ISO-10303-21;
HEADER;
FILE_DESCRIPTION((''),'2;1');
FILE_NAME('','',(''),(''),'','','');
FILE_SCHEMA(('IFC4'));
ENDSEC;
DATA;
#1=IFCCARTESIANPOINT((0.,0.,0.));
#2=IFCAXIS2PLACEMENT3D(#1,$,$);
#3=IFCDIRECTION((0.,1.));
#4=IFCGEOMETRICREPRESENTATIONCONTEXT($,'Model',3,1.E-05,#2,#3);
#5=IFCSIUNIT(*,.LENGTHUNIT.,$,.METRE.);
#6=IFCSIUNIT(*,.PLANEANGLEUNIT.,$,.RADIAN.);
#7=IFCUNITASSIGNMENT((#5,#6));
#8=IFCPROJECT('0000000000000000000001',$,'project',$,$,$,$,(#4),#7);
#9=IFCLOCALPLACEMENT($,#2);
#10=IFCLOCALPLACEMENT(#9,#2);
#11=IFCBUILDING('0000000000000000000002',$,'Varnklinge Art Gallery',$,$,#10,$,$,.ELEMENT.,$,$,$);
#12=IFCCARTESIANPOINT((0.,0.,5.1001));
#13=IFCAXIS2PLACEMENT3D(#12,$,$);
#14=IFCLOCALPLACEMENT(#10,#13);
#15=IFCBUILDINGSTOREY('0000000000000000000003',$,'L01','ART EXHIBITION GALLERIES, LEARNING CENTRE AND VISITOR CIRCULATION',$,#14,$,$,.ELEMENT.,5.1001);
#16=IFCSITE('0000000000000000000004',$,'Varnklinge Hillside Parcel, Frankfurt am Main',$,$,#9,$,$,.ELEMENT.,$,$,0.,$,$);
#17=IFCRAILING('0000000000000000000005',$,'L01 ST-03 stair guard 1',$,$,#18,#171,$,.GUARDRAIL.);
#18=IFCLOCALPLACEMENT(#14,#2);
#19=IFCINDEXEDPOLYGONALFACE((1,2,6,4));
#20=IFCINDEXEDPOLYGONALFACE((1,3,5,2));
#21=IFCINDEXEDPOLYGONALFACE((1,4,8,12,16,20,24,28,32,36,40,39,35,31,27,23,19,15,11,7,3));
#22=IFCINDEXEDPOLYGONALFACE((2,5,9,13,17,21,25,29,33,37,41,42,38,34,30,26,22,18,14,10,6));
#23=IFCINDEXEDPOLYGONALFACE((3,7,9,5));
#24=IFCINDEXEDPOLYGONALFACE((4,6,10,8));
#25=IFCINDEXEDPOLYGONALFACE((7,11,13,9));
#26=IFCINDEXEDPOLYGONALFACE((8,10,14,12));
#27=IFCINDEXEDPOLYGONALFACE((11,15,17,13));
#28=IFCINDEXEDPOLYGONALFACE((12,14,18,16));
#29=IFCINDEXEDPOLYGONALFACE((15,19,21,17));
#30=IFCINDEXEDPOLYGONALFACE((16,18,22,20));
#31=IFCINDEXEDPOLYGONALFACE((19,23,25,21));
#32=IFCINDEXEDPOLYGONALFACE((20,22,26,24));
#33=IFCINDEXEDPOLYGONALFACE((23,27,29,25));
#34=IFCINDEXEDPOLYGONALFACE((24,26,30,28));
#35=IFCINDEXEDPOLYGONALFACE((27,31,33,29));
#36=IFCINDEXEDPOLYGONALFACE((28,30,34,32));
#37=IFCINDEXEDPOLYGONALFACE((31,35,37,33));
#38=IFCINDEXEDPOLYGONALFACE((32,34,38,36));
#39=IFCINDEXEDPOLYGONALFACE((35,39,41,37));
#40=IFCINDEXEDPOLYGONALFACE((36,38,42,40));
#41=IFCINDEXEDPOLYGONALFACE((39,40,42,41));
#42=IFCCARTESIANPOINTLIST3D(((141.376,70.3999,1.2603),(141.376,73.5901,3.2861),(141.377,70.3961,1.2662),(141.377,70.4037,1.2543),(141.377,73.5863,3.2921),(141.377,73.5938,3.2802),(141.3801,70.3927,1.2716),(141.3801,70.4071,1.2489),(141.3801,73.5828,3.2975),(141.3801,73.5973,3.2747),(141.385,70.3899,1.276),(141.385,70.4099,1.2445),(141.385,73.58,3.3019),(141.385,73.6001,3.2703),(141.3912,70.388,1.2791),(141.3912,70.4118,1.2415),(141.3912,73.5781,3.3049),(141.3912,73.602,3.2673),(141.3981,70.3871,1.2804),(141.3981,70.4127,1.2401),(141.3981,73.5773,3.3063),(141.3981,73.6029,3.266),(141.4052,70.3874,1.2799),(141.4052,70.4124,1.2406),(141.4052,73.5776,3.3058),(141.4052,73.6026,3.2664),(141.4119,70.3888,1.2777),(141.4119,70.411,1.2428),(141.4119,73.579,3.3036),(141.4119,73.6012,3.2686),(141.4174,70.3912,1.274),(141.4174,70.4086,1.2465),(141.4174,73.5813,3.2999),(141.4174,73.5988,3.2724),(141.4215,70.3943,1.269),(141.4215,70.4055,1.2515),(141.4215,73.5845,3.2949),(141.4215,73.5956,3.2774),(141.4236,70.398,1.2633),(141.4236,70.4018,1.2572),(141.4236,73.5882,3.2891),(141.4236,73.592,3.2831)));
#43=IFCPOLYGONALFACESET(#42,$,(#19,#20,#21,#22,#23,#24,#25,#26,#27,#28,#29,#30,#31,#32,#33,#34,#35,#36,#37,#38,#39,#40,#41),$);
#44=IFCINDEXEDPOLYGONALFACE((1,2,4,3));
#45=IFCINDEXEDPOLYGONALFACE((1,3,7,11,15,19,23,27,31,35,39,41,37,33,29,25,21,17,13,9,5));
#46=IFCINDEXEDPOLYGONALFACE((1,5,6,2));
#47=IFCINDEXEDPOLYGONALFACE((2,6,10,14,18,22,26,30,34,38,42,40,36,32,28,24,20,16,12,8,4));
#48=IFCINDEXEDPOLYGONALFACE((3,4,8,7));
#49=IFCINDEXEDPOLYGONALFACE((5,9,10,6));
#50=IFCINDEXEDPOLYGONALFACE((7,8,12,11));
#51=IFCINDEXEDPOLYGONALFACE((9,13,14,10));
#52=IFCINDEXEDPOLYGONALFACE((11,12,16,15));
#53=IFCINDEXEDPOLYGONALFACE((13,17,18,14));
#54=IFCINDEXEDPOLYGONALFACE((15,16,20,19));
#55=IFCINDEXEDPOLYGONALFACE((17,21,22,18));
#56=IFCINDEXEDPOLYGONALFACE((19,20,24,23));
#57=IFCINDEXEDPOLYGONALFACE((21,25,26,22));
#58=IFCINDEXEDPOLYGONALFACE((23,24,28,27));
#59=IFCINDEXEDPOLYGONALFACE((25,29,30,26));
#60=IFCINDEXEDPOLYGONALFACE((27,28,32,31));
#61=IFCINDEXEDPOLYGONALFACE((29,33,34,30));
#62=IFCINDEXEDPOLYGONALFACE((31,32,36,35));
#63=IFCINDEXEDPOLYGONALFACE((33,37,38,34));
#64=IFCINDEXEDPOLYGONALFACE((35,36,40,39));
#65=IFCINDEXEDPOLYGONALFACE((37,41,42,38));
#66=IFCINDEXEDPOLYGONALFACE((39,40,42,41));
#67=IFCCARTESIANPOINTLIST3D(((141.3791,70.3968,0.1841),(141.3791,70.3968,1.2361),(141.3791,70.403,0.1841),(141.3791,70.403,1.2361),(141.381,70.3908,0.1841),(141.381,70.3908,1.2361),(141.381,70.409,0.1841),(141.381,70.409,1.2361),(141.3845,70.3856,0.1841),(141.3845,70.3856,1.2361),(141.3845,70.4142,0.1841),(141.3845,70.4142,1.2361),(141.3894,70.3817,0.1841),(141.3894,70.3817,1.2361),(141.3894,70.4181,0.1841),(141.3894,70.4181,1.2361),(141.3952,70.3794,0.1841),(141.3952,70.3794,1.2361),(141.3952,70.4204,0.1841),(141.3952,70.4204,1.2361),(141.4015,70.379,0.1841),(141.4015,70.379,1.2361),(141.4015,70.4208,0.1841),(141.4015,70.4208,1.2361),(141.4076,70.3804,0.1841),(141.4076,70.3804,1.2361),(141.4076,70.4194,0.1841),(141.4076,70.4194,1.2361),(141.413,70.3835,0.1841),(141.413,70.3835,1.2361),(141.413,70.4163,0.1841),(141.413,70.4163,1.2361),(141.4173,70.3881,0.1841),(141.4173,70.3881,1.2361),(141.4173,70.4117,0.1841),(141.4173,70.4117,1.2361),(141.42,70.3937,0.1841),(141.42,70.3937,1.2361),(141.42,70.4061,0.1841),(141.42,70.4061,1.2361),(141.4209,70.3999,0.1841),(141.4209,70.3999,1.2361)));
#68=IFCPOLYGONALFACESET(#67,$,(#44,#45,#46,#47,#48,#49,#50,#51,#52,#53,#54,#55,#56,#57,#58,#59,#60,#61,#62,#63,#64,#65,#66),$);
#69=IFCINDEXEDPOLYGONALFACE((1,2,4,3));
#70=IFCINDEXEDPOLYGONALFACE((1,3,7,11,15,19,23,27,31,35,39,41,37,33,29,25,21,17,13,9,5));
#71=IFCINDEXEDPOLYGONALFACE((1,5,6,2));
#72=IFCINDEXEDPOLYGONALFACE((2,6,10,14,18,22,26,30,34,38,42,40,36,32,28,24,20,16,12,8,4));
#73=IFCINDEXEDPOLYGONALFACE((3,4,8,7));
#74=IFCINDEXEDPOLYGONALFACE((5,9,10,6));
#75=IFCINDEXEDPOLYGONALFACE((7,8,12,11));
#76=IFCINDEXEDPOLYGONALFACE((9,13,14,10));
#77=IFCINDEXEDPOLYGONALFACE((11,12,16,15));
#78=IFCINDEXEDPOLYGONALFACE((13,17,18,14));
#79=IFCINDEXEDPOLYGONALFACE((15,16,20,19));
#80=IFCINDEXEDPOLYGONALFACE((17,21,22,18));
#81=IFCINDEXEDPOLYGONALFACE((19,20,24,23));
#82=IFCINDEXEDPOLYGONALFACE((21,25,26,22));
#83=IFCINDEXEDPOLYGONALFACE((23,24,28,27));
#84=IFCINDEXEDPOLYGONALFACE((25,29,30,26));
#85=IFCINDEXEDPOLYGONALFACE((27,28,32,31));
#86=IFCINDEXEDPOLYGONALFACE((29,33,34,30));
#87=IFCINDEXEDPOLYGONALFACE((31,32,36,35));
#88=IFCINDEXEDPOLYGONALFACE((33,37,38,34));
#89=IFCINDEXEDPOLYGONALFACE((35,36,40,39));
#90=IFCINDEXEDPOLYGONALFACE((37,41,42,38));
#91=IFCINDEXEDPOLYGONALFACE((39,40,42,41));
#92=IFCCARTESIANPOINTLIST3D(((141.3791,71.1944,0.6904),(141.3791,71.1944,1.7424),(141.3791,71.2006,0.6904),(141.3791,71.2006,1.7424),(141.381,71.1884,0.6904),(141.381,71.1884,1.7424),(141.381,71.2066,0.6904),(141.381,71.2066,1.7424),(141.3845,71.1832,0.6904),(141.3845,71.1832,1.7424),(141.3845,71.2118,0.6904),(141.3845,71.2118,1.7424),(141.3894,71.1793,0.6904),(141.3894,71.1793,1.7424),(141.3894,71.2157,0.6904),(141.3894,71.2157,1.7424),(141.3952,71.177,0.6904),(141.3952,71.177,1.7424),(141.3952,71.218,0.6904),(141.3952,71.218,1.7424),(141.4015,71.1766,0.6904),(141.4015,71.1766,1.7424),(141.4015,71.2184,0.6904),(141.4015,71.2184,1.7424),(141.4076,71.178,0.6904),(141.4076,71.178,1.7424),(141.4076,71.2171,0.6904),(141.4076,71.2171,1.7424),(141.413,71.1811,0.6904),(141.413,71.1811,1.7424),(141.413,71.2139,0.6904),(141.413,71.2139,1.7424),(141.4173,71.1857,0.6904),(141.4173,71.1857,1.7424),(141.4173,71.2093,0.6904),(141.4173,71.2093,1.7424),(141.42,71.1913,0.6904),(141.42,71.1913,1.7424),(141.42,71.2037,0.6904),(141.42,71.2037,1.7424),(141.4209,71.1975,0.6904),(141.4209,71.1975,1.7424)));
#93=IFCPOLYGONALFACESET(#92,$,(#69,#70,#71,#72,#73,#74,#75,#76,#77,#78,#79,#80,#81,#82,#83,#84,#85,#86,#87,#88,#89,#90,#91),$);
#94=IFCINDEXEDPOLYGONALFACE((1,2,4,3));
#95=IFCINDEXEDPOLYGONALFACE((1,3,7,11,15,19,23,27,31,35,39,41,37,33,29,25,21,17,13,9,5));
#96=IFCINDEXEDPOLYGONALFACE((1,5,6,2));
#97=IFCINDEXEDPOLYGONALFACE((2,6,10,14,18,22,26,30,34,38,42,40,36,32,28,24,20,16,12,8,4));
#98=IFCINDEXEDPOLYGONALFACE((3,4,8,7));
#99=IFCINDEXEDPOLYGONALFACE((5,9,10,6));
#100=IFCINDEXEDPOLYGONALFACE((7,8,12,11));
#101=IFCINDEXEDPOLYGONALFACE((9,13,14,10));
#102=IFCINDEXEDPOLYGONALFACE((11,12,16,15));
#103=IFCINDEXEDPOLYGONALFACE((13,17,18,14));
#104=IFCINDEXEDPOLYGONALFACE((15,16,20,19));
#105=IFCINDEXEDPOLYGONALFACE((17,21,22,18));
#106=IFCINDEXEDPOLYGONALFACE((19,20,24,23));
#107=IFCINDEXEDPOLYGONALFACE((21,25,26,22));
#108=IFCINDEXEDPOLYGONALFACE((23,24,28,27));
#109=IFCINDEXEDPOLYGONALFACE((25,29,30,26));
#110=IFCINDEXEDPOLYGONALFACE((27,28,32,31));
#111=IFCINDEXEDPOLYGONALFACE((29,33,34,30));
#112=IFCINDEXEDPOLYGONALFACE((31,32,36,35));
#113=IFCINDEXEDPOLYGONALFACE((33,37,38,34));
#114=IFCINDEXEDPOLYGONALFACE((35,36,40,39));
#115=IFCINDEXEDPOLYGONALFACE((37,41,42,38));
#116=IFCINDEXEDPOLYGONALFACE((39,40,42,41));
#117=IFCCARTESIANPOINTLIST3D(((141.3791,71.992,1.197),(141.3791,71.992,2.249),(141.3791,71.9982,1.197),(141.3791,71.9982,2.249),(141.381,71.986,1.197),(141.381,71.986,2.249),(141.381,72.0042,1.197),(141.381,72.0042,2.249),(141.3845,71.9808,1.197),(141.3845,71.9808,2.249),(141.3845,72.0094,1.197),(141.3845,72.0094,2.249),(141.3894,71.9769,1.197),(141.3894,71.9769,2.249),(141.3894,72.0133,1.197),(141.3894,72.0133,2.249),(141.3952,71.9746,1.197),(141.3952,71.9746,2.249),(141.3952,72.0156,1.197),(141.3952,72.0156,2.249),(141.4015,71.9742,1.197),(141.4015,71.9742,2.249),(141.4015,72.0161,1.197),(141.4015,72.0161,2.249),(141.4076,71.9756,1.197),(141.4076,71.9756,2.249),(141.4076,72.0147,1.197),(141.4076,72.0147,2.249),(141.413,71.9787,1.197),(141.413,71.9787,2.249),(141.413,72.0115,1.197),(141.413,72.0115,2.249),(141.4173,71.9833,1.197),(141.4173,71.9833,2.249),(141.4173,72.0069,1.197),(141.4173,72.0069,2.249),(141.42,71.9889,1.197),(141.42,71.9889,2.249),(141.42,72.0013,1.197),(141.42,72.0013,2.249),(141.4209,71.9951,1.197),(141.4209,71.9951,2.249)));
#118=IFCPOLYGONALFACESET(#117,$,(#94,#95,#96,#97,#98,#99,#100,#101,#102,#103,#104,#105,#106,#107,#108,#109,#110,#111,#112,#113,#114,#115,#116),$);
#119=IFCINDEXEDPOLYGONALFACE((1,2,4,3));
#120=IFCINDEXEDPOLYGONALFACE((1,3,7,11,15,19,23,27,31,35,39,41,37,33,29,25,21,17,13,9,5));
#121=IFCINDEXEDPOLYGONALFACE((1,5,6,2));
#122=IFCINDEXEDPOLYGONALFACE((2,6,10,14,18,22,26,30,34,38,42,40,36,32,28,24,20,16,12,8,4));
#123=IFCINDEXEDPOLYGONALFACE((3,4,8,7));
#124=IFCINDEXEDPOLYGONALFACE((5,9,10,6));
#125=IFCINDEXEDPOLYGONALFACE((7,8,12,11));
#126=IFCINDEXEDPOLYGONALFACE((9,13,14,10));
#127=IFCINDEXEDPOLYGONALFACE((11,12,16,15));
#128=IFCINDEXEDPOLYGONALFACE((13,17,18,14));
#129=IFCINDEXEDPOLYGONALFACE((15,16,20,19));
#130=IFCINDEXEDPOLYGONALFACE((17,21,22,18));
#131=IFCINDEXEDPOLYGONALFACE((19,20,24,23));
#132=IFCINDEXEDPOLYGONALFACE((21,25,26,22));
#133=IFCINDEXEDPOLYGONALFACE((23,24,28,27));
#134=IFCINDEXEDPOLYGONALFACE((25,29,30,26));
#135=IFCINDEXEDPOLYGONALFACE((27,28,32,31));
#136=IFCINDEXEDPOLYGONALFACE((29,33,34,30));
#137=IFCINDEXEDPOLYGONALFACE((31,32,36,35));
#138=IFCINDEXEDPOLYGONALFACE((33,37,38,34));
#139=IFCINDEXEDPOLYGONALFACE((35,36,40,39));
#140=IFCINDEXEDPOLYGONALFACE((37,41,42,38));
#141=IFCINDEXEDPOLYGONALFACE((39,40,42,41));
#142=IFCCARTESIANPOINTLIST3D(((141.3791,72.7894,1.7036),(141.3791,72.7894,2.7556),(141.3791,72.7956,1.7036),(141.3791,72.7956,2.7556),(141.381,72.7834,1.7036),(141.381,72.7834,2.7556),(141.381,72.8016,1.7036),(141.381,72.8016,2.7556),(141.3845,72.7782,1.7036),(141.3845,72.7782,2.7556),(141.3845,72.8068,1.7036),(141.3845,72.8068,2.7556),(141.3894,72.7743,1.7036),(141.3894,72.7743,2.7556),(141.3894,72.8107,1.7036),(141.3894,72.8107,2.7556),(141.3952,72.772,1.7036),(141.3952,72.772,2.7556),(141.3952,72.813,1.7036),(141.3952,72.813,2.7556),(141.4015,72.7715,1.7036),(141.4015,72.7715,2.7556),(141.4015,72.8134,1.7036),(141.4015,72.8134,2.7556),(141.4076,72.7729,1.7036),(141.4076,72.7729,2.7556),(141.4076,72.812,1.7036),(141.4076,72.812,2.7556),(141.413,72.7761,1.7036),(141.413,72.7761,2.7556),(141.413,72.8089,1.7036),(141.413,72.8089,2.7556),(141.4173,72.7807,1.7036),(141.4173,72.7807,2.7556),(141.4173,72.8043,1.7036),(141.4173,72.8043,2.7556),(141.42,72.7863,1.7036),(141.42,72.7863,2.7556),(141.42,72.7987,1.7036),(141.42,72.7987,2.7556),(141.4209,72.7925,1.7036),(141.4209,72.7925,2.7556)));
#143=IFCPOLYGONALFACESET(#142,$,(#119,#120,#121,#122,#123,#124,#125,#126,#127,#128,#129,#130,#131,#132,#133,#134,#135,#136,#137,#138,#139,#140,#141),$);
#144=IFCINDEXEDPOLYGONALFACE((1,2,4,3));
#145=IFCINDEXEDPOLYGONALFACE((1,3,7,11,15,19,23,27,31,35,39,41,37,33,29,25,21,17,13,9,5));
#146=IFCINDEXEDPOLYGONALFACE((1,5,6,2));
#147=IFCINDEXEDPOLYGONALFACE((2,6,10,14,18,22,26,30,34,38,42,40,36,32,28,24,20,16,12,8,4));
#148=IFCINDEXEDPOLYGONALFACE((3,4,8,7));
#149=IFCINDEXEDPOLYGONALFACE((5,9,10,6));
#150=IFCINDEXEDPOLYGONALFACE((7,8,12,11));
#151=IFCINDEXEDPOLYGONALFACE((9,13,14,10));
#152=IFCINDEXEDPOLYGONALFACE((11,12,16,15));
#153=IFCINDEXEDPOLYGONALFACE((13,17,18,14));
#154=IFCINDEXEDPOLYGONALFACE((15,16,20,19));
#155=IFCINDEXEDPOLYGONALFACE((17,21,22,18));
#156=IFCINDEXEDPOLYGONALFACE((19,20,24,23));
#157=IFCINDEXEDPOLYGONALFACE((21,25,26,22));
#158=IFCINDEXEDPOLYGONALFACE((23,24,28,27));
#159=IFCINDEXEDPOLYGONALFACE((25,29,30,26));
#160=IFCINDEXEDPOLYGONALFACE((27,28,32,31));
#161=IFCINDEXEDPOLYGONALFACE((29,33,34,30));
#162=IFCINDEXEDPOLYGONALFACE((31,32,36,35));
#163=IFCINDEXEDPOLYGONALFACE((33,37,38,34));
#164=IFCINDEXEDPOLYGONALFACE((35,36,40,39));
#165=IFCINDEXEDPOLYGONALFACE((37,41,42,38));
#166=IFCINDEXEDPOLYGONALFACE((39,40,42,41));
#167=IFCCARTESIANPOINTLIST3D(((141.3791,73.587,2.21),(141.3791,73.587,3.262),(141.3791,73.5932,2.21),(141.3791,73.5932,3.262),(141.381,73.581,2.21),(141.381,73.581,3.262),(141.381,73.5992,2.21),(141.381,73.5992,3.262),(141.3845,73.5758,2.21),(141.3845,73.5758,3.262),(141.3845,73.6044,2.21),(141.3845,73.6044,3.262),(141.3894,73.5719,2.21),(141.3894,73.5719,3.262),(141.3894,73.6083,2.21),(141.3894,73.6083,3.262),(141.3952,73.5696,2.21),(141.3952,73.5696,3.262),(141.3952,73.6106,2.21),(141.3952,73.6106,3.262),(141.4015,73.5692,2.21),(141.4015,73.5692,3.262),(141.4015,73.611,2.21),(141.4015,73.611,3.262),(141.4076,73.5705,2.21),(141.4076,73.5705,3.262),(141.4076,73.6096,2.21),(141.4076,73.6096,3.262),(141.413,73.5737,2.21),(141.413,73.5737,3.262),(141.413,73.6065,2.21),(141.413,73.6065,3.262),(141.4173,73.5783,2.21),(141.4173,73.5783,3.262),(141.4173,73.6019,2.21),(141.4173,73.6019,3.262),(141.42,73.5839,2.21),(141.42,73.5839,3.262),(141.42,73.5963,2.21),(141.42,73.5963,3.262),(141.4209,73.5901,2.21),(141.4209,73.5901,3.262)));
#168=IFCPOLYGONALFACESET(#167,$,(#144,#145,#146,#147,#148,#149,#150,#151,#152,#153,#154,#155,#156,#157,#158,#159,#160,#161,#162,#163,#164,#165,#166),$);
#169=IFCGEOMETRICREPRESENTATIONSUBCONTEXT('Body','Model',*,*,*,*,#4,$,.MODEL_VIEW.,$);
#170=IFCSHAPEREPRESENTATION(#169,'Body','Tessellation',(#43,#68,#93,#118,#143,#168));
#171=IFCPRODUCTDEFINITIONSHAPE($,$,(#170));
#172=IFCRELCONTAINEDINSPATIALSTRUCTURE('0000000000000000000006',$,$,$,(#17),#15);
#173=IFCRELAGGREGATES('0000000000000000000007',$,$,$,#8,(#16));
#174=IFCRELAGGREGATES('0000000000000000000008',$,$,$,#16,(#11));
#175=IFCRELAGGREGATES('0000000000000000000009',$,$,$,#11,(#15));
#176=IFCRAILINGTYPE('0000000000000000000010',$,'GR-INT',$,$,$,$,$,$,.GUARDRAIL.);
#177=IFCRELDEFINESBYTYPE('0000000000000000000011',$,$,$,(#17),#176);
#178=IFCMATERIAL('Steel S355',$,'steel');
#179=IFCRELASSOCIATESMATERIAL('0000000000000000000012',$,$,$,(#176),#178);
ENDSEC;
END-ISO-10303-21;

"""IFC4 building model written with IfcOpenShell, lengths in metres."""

from ifc_helpers import new_model, si_unit, direction, frame, origin, origin_2d, place, context, subcontext, project, spatial, circle, extrude, material, type_object, element, save


model = new_model("IFC4")

# Units and contexts
model_context = context("Model", 3, precision=1e-05, world=origin(), true_north=direction((0.0, 1.0)))
body_context = subcontext(model_context, "Body", "Model", "MODEL_VIEW")
ifc_project = project(units=[si_unit("LENGTHUNIT", "METRE"), si_unit("PLANEANGLEUNIT", "RADIAN")], contexts=[model_context])

# Site, building, storey
site_placement = place(None, origin())
site = spatial("IfcSite", under=ifc_project, at=site_placement, Name="Varnklinge Hillside Parcel, Frankfurt am Main", CompositionType="ELEMENT", RefElevation=0.0)
building_placement = place(site_placement, origin())
building = spatial("IfcBuilding", under=site, at=building_placement, Name="Varnklinge Art Gallery", CompositionType="ELEMENT")
storey_placement = place(building_placement, frame((0.0, 0.0, 5.1001)))
storey = spatial("IfcBuildingStorey", under=building, at=storey_placement, Name="L01", Description="ART EXHIBITION GALLERIES, LEARNING CENTRE AND VISITOR CIRCULATION", CompositionType="ELEMENT", Elevation=5.1001)

# Railing
ifc_material_1 = material(Name="Steel S355", Category="steel")
railing_type_1 = type_object("IfcRailingType", Name="GR-INT", PredefinedType="GUARDRAIL", material=ifc_material_1)
railing_1_placement = place(storey_placement, frame((141.3999, 70.3999, 0.1841)))
element("IfcRailing", 1, at=railing_1_placement, inside=storey, type_object=railing_type_1, Name="L01 ST-03 stair guard 1", PredefinedType="GUARDRAIL", context=body_context, shape_type="SweptSolid", body=[
    extrude(circle(Radius=0.0239, at=origin_2d()), frame((0.0, 0.0, 1.0762), z_axis=(0.0, 0.844169, 0.536077), x_axis=(-1.0, 0.0, 0.0)), (0.0, 0.0, 1.0), 3.7791),
    extrude(circle(Radius=0.021, at=origin_2d()), origin(), (0.0, 0.0, 1.0), 1.052),
    extrude(circle(Radius=0.021, at=origin_2d()), frame((0.0, 0.7976, 0.5063)), (0.0, 0.0, 1.0), 1.052),
    extrude(circle(Radius=0.021, at=origin_2d()), frame((0.0, 1.5952, 1.0129)), (0.0, 0.0, 1.0), 1.052),
    extrude(circle(Radius=0.021, at=origin_2d()), frame((0.0, 2.3926, 1.5195)), (0.0, 0.0, 1.0), 1.052),
    extrude(circle(Radius=0.021, at=origin_2d()), frame((0.0, 3.1902, 2.0259)), (0.0, 0.0, 1.0), 1.052),
])

save(model, "model.ifc")
